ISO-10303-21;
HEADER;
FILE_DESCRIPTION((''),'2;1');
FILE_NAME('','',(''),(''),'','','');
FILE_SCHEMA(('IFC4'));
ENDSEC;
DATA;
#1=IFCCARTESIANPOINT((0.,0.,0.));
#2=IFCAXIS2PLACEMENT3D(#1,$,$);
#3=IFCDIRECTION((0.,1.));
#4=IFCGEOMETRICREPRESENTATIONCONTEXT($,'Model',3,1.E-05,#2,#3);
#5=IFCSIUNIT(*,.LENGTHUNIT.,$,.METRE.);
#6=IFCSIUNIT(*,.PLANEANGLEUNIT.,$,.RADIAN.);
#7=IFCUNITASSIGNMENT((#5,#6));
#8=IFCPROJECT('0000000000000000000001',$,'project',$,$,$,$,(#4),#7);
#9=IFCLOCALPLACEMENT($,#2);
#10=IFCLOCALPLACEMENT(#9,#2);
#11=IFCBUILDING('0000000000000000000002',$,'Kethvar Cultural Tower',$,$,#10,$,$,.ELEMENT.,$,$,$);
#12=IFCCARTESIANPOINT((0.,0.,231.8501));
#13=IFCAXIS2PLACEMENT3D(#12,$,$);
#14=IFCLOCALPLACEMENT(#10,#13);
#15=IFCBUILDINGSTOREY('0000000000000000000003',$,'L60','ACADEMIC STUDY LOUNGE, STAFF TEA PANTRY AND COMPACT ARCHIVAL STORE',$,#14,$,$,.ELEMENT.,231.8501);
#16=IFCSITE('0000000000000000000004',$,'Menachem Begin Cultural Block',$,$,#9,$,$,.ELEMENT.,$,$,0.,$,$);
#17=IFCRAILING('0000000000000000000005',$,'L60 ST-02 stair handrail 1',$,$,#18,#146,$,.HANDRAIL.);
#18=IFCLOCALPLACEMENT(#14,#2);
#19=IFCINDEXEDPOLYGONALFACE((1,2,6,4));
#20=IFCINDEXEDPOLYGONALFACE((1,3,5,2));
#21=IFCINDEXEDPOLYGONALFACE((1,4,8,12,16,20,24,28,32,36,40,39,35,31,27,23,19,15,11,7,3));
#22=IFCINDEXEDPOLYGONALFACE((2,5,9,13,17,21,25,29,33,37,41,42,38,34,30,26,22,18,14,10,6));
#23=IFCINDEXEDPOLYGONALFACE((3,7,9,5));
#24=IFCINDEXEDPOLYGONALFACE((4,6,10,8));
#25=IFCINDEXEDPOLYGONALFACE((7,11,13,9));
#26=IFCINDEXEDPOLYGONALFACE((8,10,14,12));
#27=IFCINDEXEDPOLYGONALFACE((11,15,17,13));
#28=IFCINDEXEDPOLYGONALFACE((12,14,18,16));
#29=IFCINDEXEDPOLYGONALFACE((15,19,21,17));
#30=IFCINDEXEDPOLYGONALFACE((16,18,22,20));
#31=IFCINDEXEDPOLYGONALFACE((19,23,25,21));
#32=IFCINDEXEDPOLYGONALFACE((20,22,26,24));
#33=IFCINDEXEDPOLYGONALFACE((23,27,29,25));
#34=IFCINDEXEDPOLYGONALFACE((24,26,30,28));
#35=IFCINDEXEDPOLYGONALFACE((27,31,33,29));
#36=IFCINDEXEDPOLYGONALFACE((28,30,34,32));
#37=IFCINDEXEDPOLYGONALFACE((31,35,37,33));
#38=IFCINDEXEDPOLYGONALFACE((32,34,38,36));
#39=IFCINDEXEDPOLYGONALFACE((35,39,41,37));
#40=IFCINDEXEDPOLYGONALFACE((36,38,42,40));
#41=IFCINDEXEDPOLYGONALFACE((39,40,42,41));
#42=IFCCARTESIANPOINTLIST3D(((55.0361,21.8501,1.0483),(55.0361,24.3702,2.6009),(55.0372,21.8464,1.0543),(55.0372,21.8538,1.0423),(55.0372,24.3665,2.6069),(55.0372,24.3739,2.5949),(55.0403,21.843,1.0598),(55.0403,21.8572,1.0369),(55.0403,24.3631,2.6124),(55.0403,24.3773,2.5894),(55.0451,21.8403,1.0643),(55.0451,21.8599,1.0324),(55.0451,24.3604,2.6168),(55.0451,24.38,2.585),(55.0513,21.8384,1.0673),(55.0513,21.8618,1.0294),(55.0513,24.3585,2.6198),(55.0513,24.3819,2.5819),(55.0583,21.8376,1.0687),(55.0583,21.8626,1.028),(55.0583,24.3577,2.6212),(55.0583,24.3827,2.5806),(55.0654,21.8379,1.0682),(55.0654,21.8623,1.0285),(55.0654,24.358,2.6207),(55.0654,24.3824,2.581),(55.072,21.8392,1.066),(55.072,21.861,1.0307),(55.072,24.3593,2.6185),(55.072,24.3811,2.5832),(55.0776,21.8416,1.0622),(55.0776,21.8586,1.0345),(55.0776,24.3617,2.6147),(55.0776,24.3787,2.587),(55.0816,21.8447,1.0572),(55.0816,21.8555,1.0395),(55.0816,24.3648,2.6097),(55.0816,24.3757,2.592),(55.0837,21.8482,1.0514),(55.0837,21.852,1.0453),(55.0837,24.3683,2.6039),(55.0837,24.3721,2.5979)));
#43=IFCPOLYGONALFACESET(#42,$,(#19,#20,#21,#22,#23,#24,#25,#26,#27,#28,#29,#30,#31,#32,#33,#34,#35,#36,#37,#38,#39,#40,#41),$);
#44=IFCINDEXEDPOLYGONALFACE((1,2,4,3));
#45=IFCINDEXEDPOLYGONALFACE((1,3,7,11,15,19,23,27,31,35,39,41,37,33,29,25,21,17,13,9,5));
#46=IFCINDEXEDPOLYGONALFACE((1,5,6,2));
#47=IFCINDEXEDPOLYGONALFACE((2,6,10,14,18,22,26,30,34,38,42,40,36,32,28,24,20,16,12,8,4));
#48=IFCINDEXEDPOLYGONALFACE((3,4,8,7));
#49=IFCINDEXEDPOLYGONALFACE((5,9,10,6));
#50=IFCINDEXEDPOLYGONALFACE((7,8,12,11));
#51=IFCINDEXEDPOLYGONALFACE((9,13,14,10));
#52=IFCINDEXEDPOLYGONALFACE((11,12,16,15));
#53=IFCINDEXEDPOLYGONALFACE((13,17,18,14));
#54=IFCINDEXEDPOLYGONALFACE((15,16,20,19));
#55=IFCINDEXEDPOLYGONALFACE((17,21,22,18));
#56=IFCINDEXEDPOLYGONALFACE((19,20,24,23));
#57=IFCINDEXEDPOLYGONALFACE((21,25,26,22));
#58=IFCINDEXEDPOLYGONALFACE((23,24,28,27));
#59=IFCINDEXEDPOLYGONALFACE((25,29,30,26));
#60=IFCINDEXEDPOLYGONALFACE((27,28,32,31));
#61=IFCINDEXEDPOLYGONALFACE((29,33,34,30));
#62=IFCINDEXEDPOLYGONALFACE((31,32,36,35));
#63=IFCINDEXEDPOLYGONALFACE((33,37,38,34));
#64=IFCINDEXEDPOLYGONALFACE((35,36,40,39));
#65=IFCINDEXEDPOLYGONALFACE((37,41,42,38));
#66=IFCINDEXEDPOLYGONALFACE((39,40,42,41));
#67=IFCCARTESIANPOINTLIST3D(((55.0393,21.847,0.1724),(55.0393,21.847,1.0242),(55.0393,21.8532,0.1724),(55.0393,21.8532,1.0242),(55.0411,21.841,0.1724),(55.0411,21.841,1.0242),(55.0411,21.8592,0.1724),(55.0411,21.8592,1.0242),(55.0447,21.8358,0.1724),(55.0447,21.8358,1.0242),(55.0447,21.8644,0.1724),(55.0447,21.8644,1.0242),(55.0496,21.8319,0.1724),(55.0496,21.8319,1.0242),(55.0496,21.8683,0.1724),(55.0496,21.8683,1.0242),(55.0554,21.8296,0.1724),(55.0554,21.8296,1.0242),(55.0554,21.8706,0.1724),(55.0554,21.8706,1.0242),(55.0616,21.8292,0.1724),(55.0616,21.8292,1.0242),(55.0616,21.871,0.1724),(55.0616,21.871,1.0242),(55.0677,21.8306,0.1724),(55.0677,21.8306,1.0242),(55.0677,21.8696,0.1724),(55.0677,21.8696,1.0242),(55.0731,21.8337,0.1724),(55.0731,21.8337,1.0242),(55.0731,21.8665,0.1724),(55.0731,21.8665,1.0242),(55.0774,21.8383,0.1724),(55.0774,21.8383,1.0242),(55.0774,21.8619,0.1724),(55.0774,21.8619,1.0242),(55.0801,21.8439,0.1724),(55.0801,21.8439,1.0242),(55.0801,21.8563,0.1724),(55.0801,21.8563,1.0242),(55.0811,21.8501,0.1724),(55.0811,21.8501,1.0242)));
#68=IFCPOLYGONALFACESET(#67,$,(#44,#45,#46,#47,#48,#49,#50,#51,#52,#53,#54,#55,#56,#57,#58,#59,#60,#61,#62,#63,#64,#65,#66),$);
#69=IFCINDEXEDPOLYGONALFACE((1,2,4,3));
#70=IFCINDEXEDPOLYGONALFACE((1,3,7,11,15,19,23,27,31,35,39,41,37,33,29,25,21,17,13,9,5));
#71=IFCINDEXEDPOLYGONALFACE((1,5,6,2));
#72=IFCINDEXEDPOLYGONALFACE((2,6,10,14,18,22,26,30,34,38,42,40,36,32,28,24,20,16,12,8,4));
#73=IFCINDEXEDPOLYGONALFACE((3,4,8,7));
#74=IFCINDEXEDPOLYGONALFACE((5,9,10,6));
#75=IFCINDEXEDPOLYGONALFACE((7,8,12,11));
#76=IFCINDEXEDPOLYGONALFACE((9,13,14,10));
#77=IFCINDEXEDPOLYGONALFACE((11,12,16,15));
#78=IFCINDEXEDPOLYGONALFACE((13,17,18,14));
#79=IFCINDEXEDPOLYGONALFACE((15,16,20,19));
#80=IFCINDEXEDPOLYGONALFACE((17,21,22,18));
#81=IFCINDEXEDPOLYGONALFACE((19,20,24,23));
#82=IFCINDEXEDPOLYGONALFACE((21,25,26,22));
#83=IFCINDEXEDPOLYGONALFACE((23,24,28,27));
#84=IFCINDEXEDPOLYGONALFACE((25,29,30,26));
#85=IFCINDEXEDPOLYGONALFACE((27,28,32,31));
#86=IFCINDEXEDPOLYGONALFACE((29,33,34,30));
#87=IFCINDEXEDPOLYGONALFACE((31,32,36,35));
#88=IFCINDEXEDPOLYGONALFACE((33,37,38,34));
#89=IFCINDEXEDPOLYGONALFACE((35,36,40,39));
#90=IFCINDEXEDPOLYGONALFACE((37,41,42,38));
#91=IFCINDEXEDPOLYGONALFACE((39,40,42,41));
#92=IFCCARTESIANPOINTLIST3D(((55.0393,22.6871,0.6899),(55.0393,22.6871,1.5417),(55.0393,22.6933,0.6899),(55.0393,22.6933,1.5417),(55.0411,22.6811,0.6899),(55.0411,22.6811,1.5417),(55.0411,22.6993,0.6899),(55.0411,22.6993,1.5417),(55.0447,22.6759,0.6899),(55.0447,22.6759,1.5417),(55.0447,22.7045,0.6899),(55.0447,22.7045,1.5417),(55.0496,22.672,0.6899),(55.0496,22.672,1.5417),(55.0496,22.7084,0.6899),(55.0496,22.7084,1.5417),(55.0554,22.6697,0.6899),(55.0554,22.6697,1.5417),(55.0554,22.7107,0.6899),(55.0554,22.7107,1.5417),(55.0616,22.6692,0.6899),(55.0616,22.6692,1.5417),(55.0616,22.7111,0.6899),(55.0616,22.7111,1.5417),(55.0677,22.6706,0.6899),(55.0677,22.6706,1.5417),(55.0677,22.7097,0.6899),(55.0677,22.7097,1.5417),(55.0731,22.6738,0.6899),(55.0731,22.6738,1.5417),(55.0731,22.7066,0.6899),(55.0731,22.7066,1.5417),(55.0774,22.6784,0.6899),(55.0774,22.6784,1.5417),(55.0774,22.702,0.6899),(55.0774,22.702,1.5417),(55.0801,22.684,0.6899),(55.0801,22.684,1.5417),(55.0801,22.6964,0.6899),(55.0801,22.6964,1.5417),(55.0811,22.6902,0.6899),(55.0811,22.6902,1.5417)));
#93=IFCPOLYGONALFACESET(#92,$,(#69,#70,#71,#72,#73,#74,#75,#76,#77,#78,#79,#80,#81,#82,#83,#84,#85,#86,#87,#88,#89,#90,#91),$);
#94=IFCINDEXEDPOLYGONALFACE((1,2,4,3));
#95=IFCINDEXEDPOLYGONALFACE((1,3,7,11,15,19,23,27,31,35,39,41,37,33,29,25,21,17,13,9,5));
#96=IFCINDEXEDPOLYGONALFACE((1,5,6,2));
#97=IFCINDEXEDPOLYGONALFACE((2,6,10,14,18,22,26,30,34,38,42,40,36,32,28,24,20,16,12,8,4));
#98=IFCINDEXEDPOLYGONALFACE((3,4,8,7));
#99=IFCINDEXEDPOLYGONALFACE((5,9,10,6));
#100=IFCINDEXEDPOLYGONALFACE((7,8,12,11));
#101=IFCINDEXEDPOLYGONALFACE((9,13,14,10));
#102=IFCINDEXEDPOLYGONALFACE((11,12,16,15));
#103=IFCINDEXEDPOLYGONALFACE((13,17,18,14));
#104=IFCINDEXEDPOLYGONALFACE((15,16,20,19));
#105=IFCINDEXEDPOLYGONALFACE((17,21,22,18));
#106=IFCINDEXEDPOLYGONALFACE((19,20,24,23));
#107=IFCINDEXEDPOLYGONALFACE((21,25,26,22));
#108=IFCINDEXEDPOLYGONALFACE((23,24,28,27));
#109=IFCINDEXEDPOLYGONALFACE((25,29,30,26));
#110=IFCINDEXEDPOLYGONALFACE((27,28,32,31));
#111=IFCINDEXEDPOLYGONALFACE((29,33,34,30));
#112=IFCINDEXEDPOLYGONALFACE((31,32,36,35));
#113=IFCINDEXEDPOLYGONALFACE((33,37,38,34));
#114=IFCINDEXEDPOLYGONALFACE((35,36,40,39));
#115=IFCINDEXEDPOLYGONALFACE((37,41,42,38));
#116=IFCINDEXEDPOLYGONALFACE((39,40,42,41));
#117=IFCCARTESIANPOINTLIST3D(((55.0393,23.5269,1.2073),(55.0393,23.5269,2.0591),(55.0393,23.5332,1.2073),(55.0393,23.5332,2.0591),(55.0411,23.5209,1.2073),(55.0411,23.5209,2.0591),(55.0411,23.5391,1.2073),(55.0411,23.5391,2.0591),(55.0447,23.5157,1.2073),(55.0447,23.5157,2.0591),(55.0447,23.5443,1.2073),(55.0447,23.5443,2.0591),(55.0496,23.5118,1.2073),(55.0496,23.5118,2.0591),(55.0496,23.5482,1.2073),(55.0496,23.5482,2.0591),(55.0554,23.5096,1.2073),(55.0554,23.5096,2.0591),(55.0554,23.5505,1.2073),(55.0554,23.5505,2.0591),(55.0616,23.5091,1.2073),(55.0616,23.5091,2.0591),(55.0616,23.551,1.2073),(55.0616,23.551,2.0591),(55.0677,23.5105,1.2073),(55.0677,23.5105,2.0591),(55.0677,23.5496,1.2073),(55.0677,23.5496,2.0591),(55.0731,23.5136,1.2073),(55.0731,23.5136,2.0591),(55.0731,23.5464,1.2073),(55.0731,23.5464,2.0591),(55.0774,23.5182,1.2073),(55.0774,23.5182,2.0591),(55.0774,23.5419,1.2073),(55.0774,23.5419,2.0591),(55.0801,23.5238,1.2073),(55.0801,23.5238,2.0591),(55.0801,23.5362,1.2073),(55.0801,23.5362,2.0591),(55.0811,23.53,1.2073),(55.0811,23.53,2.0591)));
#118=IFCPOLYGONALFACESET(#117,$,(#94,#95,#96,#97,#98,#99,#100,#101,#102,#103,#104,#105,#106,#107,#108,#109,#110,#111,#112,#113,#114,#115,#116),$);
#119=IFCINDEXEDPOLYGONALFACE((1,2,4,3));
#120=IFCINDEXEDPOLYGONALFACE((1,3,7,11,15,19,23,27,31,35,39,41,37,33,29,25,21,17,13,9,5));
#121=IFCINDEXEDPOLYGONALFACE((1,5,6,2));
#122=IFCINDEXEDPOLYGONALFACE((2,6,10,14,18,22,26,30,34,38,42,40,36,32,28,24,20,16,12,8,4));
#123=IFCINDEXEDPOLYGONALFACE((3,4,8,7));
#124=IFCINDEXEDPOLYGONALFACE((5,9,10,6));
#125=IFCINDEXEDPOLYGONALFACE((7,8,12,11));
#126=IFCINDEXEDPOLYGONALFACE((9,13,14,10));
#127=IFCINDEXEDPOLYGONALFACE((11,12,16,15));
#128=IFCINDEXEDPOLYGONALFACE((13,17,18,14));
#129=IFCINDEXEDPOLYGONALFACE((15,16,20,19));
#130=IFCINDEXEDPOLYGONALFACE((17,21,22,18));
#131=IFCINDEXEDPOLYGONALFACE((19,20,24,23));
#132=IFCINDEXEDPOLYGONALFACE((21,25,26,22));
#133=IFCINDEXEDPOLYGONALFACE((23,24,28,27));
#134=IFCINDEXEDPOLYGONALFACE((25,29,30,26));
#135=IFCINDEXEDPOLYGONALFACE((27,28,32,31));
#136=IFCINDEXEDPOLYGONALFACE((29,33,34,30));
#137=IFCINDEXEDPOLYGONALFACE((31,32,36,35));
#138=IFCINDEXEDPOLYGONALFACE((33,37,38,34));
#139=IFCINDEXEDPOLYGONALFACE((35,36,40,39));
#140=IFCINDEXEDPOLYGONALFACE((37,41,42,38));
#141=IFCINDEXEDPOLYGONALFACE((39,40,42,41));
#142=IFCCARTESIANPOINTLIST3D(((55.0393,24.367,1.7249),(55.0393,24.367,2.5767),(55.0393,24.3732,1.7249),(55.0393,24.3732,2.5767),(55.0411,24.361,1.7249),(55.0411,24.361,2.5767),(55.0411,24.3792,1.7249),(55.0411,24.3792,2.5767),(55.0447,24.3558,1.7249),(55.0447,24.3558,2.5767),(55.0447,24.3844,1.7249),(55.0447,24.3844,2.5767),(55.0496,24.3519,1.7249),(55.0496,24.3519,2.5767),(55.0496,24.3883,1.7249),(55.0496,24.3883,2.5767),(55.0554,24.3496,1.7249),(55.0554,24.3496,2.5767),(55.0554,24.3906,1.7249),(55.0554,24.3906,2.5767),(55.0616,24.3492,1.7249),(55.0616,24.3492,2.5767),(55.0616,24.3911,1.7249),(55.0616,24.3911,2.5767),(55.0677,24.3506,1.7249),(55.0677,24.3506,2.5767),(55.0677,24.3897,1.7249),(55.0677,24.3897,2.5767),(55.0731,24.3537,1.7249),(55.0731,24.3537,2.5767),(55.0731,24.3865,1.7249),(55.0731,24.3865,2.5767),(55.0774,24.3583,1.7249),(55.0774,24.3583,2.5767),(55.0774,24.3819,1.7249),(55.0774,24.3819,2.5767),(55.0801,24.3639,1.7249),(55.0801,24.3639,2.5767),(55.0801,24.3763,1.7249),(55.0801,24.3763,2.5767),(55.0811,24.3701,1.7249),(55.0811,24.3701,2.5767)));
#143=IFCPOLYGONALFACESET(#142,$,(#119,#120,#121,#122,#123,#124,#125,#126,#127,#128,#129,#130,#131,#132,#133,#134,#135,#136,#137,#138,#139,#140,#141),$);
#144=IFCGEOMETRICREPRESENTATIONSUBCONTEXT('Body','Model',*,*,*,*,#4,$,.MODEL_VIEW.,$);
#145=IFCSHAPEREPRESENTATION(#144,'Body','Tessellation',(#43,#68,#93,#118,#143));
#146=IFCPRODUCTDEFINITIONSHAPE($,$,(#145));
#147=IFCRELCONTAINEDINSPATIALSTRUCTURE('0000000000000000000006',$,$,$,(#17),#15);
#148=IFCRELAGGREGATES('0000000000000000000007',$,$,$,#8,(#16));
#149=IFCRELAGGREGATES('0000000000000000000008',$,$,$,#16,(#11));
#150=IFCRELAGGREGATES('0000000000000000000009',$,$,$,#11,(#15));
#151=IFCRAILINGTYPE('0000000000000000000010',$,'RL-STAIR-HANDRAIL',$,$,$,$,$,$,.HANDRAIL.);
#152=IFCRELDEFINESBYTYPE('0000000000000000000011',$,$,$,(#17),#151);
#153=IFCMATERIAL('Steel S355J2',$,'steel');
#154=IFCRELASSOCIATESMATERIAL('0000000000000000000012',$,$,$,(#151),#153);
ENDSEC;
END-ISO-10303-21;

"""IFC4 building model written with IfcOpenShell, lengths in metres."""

from ifc_helpers import new_model, si_unit, direction, frame, origin, origin_2d, place, context, subcontext, project, spatial, circle, extrude, material, type_object, element, save


model = new_model("IFC4")

# Units and contexts
model_context = context("Model", 3, precision=1e-05, world=origin(), true_north=direction((0.0, 1.0)))
body_context = subcontext(model_context, "Body", "Model", "MODEL_VIEW")
ifc_project = project(units=[si_unit("LENGTHUNIT", "METRE"), si_unit("PLANEANGLEUNIT", "RADIAN")], contexts=[model_context])

# Site, building, storey
site_placement = place(None, origin())
site = spatial("IfcSite", under=ifc_project, at=site_placement, Name="Menachem Begin Cultural Block", CompositionType="ELEMENT", RefElevation=0.0)
building_placement = place(site_placement, origin())
building = spatial("IfcBuilding", under=site, at=building_placement, Name="Kethvar Cultural Tower", CompositionType="ELEMENT")
storey_placement = place(building_placement, frame((0.0, 0.0, 231.8501)))
storey = spatial("IfcBuildingStorey", under=building, at=storey_placement, Name="L60", Description="ACADEMIC STUDY LOUNGE, STAFF TEA PANTRY AND COMPACT ARCHIVAL STORE", CompositionType="ELEMENT", Elevation=231.8501)

# Shared definitions
ifc_material_1 = material(Name="Steel S355J2", Category="steel")

# Railing
railing_type_1 = type_object("IfcRailingType", Name="RL-STAIR-HANDRAIL", PredefinedType="HANDRAIL", material=ifc_material_1)
railing_1_placement = place(storey_placement, frame((55.0601, 21.8501, 0.1724)))
element("IfcRailing", 1, at=railing_1_placement, inside=storey, type_object=railing_type_1, Name="L60 ST-02 stair handrail 1", PredefinedType="HANDRAIL", context=body_context, shape_type="SweptSolid", body=[
    extrude(circle(Radius=0.0239, at=origin_2d()), frame((0.0, 0.0, 0.876), z_axis=(0.0, 0.8514, 0.524516), x_axis=(-1.0, 0.0, 0.0)), (0.0, 0.0, 1.0), 2.96),
    extrude(circle(Radius=0.021, at=origin_2d()), origin(), (0.0, 0.0, 1.0), 0.8518),
    extrude(circle(Radius=0.021, at=origin_2d()), frame((0.0, 0.8401, 0.5176)), (0.0, 0.0, 1.0), 0.8518),
    extrude(circle(Radius=0.021, at=origin_2d()), frame((0.0, 1.6799, 1.0349)), (0.0, 0.0, 1.0), 0.8518),
    extrude(circle(Radius=0.021, at=origin_2d()), frame((0.0, 2.52, 1.5525)), (0.0, 0.0, 1.0), 0.8518),
])

save(model, "model.ifc")
